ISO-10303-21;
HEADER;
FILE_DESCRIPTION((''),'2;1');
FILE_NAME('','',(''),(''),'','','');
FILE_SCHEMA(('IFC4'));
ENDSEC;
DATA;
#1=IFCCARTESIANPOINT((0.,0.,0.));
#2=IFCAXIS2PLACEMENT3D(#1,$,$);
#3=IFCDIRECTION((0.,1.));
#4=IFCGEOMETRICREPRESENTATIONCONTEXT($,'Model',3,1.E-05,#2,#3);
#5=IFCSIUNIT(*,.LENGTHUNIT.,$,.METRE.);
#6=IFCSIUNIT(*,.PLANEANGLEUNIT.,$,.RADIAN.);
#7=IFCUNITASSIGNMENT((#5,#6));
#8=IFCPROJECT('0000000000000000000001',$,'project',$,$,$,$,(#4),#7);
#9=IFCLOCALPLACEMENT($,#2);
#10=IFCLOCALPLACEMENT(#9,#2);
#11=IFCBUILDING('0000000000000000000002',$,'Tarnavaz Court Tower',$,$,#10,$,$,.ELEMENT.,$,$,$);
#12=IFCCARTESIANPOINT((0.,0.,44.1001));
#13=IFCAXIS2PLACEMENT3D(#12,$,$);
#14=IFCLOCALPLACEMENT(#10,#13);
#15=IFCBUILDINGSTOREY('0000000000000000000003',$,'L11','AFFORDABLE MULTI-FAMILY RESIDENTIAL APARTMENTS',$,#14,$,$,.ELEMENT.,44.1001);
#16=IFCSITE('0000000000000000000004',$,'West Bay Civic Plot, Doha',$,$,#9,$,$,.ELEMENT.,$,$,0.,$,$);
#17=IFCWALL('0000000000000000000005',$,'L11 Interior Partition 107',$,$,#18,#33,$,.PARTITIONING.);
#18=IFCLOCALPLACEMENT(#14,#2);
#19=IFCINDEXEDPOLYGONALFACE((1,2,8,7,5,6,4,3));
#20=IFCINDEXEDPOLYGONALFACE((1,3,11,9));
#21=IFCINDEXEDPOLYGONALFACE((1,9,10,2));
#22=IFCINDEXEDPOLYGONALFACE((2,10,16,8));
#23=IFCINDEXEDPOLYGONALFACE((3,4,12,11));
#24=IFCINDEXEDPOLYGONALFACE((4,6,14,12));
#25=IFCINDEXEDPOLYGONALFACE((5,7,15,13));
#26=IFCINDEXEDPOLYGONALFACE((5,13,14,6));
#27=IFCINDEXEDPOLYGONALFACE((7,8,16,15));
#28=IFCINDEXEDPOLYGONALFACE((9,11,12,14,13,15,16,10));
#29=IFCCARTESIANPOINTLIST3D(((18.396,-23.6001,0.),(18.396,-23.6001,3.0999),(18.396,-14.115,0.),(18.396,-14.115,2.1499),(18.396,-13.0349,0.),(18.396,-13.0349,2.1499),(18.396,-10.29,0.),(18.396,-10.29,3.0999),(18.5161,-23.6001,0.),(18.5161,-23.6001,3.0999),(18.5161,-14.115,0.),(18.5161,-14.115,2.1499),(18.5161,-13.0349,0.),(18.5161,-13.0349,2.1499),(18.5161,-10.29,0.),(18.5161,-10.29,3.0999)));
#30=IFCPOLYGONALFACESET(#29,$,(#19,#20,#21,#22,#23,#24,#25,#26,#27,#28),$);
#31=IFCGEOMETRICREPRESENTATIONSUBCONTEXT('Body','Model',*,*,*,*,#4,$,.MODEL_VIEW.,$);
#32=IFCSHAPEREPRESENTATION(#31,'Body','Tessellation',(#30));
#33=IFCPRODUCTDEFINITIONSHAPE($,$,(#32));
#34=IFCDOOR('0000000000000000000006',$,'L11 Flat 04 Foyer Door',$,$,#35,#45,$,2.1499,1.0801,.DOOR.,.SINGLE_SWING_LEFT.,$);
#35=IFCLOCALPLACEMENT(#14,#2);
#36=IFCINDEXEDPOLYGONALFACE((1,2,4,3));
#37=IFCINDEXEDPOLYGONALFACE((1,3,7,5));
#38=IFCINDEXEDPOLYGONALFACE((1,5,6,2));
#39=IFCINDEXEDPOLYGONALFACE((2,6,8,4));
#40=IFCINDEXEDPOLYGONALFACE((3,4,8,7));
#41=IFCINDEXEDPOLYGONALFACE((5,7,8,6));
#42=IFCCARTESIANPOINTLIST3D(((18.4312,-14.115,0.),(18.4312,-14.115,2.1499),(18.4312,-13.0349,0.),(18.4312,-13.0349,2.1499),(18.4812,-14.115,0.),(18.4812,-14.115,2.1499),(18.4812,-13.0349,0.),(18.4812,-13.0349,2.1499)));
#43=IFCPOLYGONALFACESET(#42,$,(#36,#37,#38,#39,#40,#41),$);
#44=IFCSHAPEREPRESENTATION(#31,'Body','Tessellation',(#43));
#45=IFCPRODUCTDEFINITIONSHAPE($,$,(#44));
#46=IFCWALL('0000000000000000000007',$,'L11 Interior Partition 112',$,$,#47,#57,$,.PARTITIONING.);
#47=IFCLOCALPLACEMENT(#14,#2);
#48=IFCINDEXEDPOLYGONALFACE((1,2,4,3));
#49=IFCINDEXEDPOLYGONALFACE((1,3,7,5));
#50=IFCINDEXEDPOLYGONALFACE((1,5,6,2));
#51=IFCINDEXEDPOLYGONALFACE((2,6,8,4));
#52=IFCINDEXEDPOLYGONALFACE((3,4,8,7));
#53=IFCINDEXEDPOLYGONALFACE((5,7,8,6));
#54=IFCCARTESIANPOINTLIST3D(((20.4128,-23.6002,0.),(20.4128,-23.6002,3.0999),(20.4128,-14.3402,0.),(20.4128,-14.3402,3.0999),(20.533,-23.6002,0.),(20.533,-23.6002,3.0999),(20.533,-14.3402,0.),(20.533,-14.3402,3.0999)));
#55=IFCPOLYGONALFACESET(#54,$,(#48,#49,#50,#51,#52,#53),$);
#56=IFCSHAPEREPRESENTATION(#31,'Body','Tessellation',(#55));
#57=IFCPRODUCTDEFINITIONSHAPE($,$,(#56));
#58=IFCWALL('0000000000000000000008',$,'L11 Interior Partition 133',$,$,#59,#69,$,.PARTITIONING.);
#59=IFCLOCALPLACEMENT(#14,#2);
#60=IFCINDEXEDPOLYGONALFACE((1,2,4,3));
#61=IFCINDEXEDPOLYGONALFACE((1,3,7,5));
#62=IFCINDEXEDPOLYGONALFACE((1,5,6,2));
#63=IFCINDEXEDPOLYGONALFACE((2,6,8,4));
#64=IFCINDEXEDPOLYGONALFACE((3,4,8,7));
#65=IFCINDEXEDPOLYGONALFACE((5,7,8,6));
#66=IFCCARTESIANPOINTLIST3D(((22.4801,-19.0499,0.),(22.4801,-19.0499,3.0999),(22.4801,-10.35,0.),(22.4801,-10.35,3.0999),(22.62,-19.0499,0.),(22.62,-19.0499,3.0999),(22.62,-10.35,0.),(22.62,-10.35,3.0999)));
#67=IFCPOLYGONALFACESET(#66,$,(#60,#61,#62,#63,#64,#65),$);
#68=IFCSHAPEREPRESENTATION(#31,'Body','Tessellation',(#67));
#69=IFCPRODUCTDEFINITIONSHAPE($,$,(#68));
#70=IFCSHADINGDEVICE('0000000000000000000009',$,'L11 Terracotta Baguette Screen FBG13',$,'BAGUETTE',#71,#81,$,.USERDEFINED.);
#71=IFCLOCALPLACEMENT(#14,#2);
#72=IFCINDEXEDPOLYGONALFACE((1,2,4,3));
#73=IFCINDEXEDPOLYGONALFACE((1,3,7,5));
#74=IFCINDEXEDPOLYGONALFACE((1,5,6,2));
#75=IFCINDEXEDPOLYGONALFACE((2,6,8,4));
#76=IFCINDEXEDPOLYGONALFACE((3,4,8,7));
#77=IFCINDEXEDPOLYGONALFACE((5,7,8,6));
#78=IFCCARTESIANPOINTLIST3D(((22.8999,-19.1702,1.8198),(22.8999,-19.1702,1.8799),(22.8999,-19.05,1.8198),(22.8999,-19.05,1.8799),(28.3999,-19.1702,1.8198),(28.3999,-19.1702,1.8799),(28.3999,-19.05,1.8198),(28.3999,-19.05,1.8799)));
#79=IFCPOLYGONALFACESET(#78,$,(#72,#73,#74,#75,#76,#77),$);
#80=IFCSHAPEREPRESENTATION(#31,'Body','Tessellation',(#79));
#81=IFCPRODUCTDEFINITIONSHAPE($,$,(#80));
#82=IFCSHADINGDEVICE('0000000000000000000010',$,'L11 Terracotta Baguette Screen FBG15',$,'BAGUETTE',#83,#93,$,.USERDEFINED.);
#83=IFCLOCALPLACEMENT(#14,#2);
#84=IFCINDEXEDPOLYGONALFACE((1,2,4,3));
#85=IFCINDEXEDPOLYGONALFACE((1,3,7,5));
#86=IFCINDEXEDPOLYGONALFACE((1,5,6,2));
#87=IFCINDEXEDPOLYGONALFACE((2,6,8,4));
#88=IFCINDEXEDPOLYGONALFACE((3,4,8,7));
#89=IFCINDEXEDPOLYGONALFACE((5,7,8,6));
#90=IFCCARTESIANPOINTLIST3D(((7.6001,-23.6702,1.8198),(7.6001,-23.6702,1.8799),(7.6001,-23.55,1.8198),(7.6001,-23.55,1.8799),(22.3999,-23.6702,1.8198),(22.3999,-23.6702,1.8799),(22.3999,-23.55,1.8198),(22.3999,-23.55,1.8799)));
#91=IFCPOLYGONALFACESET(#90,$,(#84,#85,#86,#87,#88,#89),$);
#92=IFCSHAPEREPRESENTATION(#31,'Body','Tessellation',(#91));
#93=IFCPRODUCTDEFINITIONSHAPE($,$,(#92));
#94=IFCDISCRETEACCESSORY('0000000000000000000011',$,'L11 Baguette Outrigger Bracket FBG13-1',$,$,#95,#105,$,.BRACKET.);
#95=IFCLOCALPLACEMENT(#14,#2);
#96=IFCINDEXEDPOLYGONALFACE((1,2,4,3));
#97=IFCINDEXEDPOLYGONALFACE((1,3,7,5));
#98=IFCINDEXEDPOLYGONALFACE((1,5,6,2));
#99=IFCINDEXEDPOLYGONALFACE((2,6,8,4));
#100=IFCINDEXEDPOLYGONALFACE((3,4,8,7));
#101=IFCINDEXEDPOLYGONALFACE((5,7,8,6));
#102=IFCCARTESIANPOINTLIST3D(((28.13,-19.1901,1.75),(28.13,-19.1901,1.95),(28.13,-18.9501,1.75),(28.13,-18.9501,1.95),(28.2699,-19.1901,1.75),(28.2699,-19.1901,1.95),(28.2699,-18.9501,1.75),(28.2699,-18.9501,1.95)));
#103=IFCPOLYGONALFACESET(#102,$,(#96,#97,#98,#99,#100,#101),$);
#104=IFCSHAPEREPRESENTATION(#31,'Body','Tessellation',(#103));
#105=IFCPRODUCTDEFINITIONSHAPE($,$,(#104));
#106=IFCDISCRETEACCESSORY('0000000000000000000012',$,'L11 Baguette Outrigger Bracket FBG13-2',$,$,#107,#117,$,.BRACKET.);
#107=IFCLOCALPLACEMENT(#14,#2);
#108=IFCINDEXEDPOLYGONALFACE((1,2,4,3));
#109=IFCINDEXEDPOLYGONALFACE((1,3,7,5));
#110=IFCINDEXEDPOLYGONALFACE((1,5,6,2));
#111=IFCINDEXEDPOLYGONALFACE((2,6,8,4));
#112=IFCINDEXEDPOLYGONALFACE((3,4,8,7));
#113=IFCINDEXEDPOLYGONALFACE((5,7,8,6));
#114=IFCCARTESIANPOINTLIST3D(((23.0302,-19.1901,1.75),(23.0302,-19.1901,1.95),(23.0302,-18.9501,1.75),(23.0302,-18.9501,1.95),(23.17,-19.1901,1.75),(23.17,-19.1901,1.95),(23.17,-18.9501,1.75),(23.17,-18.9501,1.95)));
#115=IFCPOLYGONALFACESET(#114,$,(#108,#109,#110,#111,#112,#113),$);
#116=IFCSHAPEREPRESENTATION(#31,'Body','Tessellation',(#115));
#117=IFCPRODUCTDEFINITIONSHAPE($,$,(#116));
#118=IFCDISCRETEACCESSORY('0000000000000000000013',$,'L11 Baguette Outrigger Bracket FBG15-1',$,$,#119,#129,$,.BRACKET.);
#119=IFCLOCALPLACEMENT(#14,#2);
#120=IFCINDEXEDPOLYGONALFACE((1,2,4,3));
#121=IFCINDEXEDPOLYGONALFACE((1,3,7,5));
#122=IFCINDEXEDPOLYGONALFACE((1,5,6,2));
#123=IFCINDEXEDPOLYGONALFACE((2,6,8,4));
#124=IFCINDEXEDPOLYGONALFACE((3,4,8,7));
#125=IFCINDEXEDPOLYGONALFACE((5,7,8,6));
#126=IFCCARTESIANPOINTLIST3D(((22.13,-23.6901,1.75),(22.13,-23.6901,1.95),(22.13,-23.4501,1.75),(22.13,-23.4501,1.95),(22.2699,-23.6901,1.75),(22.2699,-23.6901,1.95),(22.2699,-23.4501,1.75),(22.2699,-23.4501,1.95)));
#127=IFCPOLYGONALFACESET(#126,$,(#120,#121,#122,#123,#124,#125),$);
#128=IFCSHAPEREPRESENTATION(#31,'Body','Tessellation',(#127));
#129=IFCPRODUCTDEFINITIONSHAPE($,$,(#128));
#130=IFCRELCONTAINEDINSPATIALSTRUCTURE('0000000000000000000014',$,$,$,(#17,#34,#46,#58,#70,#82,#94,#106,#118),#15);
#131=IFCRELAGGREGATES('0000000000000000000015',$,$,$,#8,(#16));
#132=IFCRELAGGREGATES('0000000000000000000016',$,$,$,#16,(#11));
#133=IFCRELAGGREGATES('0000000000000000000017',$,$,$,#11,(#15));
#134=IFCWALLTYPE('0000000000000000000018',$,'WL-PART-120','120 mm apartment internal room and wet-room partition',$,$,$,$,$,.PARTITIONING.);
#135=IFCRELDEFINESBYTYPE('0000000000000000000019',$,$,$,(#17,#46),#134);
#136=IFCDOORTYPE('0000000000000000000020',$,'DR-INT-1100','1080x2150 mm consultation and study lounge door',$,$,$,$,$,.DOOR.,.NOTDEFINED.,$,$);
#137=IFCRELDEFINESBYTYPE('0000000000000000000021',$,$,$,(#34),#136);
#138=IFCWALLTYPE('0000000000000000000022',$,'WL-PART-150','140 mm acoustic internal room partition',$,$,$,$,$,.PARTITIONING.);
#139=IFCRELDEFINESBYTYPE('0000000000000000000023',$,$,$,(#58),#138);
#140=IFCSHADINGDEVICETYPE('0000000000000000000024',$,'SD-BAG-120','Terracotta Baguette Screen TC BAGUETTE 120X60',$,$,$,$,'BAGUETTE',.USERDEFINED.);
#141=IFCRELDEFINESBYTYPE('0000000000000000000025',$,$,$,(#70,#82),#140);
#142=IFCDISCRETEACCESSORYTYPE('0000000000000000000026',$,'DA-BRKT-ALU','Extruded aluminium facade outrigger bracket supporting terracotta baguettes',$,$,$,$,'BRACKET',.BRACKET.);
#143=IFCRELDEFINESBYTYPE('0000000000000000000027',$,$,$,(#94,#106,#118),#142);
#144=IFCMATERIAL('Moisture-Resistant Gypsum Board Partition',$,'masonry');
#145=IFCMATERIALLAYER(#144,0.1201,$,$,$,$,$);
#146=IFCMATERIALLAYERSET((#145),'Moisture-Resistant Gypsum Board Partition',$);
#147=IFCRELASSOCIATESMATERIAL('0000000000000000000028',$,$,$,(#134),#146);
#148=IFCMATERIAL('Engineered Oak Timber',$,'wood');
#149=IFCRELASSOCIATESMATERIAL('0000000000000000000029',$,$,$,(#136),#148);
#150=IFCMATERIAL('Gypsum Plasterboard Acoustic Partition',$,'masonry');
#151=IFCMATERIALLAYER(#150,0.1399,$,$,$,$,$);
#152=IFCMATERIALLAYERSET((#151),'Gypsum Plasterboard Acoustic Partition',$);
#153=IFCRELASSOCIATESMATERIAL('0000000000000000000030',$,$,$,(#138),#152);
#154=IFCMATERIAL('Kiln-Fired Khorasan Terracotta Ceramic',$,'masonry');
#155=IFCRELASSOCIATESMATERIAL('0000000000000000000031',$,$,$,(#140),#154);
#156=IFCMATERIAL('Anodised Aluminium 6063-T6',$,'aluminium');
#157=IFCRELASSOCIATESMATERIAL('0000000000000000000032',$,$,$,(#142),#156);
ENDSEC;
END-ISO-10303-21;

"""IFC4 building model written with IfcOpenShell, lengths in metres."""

from ifc_helpers import new_model, si_unit, direction, frame, frame_2d, origin, origin_2d, place, context, subcontext, project, spatial, rectangle, extrude, material, layer, layer_set, material_profile, profile_set, type_object, element, fill, save


model = new_model("IFC4")

# Units and contexts
model_context = context("Model", 3, precision=1e-05, world=origin(), true_north=direction((0.0, 1.0)))
body_context = subcontext(model_context, "Body", "Model", "MODEL_VIEW")
ifc_project = project(units=[si_unit("LENGTHUNIT", "METRE"), si_unit("PLANEANGLEUNIT", "RADIAN")], contexts=[model_context])

# Site, building, storey
site_placement = place(None, origin())
site = spatial("IfcSite", under=ifc_project, at=site_placement, Name="West Bay Civic Plot, Doha", CompositionType="ELEMENT", RefElevation=0.0)
building_placement = place(site_placement, origin())
building = spatial("IfcBuilding", under=site, at=building_placement, Name="Tarnavaz Court Tower", CompositionType="ELEMENT")
storey_placement = place(building_placement, frame((0.0, 0.0, 44.1001)))
storey = spatial("IfcBuildingStorey", under=building, at=storey_placement, Name="L11", Description="AFFORDABLE MULTI-FAMILY RESIDENTIAL APARTMENTS", CompositionType="ELEMENT", Elevation=44.1001)

# Wall, opening, door
ifc_material_1 = material(Name="Moisture-Resistant Gypsum Board Partition", Category="masonry")
ifc_layer_1 = layer(ifc_material_1, 0.1201)
ifc_layer_set_1 = layer_set([ifc_layer_1], Name="Moisture-Resistant Gypsum Board Partition")
wall_type_1 = type_object("IfcWallType", Name="WL-PART-120", Description="120 mm apartment internal room and wet-room partition", PredefinedType="PARTITIONING", material=ifc_layer_set_1)
wall_1_placement = place(storey_placement, frame((18.4561, -23.6001, 0.0), z_axis=(0.0, 0.0, 1.0), x_axis=(0.0, 1.0, 0.0)))
wall_1 = element("IfcWall", 1, at=wall_1_placement, inside=storey, type_object=wall_type_1, Name="L11 Interior Partition 107", PredefinedType="PARTITIONING", context=body_context, shape_type="SweptSolid", body=[
    extrude(rectangle(XDim=13.3101, YDim=0.1201, at=frame_2d((6.655, 0.0))), origin(), (0.0, 0.0, 1.0), 3.0999),
])
opening_1_placement = place(wall_1_placement, frame((9.4851, 0.0, 0.0)))
opening_1 = element("IfcOpeningElement", 2, at=opening_1_placement, cuts=wall_1, PredefinedType="OPENING", context=body_context, shape_type="SweptSolid", body=[
    extrude(rectangle(XDim=1.0801, YDim=2.1499, at=frame_2d((0.54, 1.075))), frame((0.0, 0.0701, 0.0), z_axis=(0.0, -1.0, 0.0), x_axis=(1.0, 0.0, 0.0)), (0.0, 0.0, 1.0), 0.1401),
])
ifc_material_2 = material(Name="Engineered Oak Timber", Category="wood")
door_type = type_object("IfcDoorType", Name="DR-INT-1100", Description="1080x2150 mm consultation and study lounge door", OperationType="NOTDEFINED", PredefinedType="DOOR", material=ifc_material_2)
door_placement = place(opening_1_placement, origin())
door = element("IfcDoor", 3, at=door_placement, inside=storey, type_object=door_type, Name="L11 Flat 04 Foyer Door", OperationType="SINGLE_SWING_LEFT", OverallHeight=2.1499, OverallWidth=1.0801, PredefinedType="DOOR", context=body_context, shape_type="SweptSolid", body=[
    extrude(rectangle(XDim=1.0801, YDim=2.1499, at=frame_2d((0.54, 1.075))), frame((0.0, 0.0249, 0.0), z_axis=(0.0, -1.0, 0.0), x_axis=(1.0, 0.0, 0.0)), (0.0, 0.0, 1.0), 0.05),
])
fill(opening_1, door)

# Walls
wall_2_placement = place(storey_placement, frame((20.4729, -23.6001, 0.0), z_axis=(0.0, 0.0, 1.0), x_axis=(0.0, 1.0, 0.0)))
element("IfcWall", 4, at=wall_2_placement, inside=storey, type_object=wall_type_1, Name="L11 Interior Partition 112", PredefinedType="PARTITIONING", context=body_context, shape_type="SweptSolid", body=[
    extrude(rectangle(XDim=9.26, YDim=0.1201, at=frame_2d((4.6299, 0.0))), origin(), (0.0, 0.0, 1.0), 3.0999),
])
ifc_material_3 = material(Name="Gypsum Plasterboard Acoustic Partition", Category="masonry")
ifc_layer_2 = layer(ifc_material_3, 0.1399)
ifc_layer_set_2 = layer_set([ifc_layer_2], Name="Gypsum Plasterboard Acoustic Partition")
wall_type_2 = type_object("IfcWallType", Name="WL-PART-150", Description="140 mm acoustic internal room partition", PredefinedType="PARTITIONING", material=ifc_layer_set_2)
wall_3_placement = place(storey_placement, frame((22.55, -19.05, 0.0), z_axis=(0.0, 0.0, 1.0), x_axis=(0.0, 1.0, 0.0)))
element("IfcWall", 5, at=wall_3_placement, inside=storey, type_object=wall_type_2, Name="L11 Interior Partition 133", PredefinedType="PARTITIONING", context=body_context, shape_type="SweptSolid", body=[
    extrude(rectangle(XDim=8.7, YDim=0.1399, at=frame_2d((4.3501, 0.0))), origin(), (0.0, 0.0, 1.0), 3.0999),
])

# Shading devices
ifc_material_4 = material(Name="Kiln-Fired Khorasan Terracotta Ceramic", Category="masonry")
ifc_material_profile_1 = material_profile(ifc_material_4, rectangle(XDim=0.1201, YDim=0.0601, at=origin_2d()), Name="TC BAGUETTE 120X60")
ifc_profile_set_1 = profile_set([ifc_material_profile_1], Name="Kiln-Fired Khorasan Terracotta Ceramic")
shading_device_type = type_object("IfcShadingDeviceType", Name="SD-BAG-120", Description="Terracotta Baguette Screen TC BAGUETTE 120X60", ElementType="BAGUETTE", PredefinedType="USERDEFINED", material=ifc_profile_set_1)
shading_device_1_placement = place(storey_placement, frame((28.3999, -19.1101, 1.8499), z_axis=(-1.0, 0.0, 0.0), x_axis=(0.0, -1.0, 0.0)))
element("IfcShadingDevice", 6, at=shading_device_1_placement, inside=storey, type_object=shading_device_type, Name="L11 Terracotta Baguette Screen FBG13", ObjectType="BAGUETTE", PredefinedType="USERDEFINED", context=body_context, shape_type="SweptSolid", body=[
    extrude(rectangle(XDim=0.1201, YDim=0.0601, at=origin_2d()), origin(), (0.0, 0.0, 1.0), 5.5),
])
shading_device_2_placement = place(storey_placement, frame((22.3999, -23.6101, 1.8499), z_axis=(-1.0, 0.0, 0.0), x_axis=(0.0, -1.0, 0.0)))
element("IfcShadingDevice", 7, at=shading_device_2_placement, inside=storey, type_object=shading_device_type, Name="L11 Terracotta Baguette Screen FBG15", ObjectType="BAGUETTE", PredefinedType="USERDEFINED", context=body_context, shape_type="SweptSolid", body=[
    extrude(rectangle(XDim=0.1201, YDim=0.0601, at=origin_2d()), origin(), (0.0, 0.0, 1.0), 14.7998),
])

# Discrete accessories
ifc_material_5 = material(Name="Anodised Aluminium 6063-T6", Category="aluminium")
discrete_accessory_type = type_object("IfcDiscreteAccessoryType", Name="DA-BRKT-ALU", Description="Extruded aluminium facade outrigger bracket supporting terracotta baguettes", ElementType="BRACKET", PredefinedType="BRACKET", material=ifc_material_5)
for number, where, z_axis, x_axis, name in (
    (8, (28.2, -19.0701, 1.75), (0.0, 0.0, 1.0), (-1.0, 0.0, 0.0), "L11 Baguette Outrigger Bracket FBG13-1"),
    (9, (23.1001, -19.0701, 1.75), (0.0, 0.0, 1.0), (-1.0, 0.0, 0.0), "L11 Baguette Outrigger Bracket FBG13-2"),
    (10, (22.2, -23.5701, 1.75), (0.0, 0.0, 1.0), (-1.0, 0.0, 0.0), "L11 Baguette Outrigger Bracket FBG15-1"),
):
    element("IfcDiscreteAccessory", number, at=place(storey_placement, frame(where, z_axis=z_axis, x_axis=x_axis)), inside=storey, type_object=discrete_accessory_type, Name=name, PredefinedType="BRACKET", context=body_context, shape_type="SweptSolid", body=[
        extrude(rectangle(XDim=0.1399, YDim=0.24, at=origin_2d()), origin(), (0.0, 0.0, 1.0), 0.2),
    ])

save(model, "model.ifc")
